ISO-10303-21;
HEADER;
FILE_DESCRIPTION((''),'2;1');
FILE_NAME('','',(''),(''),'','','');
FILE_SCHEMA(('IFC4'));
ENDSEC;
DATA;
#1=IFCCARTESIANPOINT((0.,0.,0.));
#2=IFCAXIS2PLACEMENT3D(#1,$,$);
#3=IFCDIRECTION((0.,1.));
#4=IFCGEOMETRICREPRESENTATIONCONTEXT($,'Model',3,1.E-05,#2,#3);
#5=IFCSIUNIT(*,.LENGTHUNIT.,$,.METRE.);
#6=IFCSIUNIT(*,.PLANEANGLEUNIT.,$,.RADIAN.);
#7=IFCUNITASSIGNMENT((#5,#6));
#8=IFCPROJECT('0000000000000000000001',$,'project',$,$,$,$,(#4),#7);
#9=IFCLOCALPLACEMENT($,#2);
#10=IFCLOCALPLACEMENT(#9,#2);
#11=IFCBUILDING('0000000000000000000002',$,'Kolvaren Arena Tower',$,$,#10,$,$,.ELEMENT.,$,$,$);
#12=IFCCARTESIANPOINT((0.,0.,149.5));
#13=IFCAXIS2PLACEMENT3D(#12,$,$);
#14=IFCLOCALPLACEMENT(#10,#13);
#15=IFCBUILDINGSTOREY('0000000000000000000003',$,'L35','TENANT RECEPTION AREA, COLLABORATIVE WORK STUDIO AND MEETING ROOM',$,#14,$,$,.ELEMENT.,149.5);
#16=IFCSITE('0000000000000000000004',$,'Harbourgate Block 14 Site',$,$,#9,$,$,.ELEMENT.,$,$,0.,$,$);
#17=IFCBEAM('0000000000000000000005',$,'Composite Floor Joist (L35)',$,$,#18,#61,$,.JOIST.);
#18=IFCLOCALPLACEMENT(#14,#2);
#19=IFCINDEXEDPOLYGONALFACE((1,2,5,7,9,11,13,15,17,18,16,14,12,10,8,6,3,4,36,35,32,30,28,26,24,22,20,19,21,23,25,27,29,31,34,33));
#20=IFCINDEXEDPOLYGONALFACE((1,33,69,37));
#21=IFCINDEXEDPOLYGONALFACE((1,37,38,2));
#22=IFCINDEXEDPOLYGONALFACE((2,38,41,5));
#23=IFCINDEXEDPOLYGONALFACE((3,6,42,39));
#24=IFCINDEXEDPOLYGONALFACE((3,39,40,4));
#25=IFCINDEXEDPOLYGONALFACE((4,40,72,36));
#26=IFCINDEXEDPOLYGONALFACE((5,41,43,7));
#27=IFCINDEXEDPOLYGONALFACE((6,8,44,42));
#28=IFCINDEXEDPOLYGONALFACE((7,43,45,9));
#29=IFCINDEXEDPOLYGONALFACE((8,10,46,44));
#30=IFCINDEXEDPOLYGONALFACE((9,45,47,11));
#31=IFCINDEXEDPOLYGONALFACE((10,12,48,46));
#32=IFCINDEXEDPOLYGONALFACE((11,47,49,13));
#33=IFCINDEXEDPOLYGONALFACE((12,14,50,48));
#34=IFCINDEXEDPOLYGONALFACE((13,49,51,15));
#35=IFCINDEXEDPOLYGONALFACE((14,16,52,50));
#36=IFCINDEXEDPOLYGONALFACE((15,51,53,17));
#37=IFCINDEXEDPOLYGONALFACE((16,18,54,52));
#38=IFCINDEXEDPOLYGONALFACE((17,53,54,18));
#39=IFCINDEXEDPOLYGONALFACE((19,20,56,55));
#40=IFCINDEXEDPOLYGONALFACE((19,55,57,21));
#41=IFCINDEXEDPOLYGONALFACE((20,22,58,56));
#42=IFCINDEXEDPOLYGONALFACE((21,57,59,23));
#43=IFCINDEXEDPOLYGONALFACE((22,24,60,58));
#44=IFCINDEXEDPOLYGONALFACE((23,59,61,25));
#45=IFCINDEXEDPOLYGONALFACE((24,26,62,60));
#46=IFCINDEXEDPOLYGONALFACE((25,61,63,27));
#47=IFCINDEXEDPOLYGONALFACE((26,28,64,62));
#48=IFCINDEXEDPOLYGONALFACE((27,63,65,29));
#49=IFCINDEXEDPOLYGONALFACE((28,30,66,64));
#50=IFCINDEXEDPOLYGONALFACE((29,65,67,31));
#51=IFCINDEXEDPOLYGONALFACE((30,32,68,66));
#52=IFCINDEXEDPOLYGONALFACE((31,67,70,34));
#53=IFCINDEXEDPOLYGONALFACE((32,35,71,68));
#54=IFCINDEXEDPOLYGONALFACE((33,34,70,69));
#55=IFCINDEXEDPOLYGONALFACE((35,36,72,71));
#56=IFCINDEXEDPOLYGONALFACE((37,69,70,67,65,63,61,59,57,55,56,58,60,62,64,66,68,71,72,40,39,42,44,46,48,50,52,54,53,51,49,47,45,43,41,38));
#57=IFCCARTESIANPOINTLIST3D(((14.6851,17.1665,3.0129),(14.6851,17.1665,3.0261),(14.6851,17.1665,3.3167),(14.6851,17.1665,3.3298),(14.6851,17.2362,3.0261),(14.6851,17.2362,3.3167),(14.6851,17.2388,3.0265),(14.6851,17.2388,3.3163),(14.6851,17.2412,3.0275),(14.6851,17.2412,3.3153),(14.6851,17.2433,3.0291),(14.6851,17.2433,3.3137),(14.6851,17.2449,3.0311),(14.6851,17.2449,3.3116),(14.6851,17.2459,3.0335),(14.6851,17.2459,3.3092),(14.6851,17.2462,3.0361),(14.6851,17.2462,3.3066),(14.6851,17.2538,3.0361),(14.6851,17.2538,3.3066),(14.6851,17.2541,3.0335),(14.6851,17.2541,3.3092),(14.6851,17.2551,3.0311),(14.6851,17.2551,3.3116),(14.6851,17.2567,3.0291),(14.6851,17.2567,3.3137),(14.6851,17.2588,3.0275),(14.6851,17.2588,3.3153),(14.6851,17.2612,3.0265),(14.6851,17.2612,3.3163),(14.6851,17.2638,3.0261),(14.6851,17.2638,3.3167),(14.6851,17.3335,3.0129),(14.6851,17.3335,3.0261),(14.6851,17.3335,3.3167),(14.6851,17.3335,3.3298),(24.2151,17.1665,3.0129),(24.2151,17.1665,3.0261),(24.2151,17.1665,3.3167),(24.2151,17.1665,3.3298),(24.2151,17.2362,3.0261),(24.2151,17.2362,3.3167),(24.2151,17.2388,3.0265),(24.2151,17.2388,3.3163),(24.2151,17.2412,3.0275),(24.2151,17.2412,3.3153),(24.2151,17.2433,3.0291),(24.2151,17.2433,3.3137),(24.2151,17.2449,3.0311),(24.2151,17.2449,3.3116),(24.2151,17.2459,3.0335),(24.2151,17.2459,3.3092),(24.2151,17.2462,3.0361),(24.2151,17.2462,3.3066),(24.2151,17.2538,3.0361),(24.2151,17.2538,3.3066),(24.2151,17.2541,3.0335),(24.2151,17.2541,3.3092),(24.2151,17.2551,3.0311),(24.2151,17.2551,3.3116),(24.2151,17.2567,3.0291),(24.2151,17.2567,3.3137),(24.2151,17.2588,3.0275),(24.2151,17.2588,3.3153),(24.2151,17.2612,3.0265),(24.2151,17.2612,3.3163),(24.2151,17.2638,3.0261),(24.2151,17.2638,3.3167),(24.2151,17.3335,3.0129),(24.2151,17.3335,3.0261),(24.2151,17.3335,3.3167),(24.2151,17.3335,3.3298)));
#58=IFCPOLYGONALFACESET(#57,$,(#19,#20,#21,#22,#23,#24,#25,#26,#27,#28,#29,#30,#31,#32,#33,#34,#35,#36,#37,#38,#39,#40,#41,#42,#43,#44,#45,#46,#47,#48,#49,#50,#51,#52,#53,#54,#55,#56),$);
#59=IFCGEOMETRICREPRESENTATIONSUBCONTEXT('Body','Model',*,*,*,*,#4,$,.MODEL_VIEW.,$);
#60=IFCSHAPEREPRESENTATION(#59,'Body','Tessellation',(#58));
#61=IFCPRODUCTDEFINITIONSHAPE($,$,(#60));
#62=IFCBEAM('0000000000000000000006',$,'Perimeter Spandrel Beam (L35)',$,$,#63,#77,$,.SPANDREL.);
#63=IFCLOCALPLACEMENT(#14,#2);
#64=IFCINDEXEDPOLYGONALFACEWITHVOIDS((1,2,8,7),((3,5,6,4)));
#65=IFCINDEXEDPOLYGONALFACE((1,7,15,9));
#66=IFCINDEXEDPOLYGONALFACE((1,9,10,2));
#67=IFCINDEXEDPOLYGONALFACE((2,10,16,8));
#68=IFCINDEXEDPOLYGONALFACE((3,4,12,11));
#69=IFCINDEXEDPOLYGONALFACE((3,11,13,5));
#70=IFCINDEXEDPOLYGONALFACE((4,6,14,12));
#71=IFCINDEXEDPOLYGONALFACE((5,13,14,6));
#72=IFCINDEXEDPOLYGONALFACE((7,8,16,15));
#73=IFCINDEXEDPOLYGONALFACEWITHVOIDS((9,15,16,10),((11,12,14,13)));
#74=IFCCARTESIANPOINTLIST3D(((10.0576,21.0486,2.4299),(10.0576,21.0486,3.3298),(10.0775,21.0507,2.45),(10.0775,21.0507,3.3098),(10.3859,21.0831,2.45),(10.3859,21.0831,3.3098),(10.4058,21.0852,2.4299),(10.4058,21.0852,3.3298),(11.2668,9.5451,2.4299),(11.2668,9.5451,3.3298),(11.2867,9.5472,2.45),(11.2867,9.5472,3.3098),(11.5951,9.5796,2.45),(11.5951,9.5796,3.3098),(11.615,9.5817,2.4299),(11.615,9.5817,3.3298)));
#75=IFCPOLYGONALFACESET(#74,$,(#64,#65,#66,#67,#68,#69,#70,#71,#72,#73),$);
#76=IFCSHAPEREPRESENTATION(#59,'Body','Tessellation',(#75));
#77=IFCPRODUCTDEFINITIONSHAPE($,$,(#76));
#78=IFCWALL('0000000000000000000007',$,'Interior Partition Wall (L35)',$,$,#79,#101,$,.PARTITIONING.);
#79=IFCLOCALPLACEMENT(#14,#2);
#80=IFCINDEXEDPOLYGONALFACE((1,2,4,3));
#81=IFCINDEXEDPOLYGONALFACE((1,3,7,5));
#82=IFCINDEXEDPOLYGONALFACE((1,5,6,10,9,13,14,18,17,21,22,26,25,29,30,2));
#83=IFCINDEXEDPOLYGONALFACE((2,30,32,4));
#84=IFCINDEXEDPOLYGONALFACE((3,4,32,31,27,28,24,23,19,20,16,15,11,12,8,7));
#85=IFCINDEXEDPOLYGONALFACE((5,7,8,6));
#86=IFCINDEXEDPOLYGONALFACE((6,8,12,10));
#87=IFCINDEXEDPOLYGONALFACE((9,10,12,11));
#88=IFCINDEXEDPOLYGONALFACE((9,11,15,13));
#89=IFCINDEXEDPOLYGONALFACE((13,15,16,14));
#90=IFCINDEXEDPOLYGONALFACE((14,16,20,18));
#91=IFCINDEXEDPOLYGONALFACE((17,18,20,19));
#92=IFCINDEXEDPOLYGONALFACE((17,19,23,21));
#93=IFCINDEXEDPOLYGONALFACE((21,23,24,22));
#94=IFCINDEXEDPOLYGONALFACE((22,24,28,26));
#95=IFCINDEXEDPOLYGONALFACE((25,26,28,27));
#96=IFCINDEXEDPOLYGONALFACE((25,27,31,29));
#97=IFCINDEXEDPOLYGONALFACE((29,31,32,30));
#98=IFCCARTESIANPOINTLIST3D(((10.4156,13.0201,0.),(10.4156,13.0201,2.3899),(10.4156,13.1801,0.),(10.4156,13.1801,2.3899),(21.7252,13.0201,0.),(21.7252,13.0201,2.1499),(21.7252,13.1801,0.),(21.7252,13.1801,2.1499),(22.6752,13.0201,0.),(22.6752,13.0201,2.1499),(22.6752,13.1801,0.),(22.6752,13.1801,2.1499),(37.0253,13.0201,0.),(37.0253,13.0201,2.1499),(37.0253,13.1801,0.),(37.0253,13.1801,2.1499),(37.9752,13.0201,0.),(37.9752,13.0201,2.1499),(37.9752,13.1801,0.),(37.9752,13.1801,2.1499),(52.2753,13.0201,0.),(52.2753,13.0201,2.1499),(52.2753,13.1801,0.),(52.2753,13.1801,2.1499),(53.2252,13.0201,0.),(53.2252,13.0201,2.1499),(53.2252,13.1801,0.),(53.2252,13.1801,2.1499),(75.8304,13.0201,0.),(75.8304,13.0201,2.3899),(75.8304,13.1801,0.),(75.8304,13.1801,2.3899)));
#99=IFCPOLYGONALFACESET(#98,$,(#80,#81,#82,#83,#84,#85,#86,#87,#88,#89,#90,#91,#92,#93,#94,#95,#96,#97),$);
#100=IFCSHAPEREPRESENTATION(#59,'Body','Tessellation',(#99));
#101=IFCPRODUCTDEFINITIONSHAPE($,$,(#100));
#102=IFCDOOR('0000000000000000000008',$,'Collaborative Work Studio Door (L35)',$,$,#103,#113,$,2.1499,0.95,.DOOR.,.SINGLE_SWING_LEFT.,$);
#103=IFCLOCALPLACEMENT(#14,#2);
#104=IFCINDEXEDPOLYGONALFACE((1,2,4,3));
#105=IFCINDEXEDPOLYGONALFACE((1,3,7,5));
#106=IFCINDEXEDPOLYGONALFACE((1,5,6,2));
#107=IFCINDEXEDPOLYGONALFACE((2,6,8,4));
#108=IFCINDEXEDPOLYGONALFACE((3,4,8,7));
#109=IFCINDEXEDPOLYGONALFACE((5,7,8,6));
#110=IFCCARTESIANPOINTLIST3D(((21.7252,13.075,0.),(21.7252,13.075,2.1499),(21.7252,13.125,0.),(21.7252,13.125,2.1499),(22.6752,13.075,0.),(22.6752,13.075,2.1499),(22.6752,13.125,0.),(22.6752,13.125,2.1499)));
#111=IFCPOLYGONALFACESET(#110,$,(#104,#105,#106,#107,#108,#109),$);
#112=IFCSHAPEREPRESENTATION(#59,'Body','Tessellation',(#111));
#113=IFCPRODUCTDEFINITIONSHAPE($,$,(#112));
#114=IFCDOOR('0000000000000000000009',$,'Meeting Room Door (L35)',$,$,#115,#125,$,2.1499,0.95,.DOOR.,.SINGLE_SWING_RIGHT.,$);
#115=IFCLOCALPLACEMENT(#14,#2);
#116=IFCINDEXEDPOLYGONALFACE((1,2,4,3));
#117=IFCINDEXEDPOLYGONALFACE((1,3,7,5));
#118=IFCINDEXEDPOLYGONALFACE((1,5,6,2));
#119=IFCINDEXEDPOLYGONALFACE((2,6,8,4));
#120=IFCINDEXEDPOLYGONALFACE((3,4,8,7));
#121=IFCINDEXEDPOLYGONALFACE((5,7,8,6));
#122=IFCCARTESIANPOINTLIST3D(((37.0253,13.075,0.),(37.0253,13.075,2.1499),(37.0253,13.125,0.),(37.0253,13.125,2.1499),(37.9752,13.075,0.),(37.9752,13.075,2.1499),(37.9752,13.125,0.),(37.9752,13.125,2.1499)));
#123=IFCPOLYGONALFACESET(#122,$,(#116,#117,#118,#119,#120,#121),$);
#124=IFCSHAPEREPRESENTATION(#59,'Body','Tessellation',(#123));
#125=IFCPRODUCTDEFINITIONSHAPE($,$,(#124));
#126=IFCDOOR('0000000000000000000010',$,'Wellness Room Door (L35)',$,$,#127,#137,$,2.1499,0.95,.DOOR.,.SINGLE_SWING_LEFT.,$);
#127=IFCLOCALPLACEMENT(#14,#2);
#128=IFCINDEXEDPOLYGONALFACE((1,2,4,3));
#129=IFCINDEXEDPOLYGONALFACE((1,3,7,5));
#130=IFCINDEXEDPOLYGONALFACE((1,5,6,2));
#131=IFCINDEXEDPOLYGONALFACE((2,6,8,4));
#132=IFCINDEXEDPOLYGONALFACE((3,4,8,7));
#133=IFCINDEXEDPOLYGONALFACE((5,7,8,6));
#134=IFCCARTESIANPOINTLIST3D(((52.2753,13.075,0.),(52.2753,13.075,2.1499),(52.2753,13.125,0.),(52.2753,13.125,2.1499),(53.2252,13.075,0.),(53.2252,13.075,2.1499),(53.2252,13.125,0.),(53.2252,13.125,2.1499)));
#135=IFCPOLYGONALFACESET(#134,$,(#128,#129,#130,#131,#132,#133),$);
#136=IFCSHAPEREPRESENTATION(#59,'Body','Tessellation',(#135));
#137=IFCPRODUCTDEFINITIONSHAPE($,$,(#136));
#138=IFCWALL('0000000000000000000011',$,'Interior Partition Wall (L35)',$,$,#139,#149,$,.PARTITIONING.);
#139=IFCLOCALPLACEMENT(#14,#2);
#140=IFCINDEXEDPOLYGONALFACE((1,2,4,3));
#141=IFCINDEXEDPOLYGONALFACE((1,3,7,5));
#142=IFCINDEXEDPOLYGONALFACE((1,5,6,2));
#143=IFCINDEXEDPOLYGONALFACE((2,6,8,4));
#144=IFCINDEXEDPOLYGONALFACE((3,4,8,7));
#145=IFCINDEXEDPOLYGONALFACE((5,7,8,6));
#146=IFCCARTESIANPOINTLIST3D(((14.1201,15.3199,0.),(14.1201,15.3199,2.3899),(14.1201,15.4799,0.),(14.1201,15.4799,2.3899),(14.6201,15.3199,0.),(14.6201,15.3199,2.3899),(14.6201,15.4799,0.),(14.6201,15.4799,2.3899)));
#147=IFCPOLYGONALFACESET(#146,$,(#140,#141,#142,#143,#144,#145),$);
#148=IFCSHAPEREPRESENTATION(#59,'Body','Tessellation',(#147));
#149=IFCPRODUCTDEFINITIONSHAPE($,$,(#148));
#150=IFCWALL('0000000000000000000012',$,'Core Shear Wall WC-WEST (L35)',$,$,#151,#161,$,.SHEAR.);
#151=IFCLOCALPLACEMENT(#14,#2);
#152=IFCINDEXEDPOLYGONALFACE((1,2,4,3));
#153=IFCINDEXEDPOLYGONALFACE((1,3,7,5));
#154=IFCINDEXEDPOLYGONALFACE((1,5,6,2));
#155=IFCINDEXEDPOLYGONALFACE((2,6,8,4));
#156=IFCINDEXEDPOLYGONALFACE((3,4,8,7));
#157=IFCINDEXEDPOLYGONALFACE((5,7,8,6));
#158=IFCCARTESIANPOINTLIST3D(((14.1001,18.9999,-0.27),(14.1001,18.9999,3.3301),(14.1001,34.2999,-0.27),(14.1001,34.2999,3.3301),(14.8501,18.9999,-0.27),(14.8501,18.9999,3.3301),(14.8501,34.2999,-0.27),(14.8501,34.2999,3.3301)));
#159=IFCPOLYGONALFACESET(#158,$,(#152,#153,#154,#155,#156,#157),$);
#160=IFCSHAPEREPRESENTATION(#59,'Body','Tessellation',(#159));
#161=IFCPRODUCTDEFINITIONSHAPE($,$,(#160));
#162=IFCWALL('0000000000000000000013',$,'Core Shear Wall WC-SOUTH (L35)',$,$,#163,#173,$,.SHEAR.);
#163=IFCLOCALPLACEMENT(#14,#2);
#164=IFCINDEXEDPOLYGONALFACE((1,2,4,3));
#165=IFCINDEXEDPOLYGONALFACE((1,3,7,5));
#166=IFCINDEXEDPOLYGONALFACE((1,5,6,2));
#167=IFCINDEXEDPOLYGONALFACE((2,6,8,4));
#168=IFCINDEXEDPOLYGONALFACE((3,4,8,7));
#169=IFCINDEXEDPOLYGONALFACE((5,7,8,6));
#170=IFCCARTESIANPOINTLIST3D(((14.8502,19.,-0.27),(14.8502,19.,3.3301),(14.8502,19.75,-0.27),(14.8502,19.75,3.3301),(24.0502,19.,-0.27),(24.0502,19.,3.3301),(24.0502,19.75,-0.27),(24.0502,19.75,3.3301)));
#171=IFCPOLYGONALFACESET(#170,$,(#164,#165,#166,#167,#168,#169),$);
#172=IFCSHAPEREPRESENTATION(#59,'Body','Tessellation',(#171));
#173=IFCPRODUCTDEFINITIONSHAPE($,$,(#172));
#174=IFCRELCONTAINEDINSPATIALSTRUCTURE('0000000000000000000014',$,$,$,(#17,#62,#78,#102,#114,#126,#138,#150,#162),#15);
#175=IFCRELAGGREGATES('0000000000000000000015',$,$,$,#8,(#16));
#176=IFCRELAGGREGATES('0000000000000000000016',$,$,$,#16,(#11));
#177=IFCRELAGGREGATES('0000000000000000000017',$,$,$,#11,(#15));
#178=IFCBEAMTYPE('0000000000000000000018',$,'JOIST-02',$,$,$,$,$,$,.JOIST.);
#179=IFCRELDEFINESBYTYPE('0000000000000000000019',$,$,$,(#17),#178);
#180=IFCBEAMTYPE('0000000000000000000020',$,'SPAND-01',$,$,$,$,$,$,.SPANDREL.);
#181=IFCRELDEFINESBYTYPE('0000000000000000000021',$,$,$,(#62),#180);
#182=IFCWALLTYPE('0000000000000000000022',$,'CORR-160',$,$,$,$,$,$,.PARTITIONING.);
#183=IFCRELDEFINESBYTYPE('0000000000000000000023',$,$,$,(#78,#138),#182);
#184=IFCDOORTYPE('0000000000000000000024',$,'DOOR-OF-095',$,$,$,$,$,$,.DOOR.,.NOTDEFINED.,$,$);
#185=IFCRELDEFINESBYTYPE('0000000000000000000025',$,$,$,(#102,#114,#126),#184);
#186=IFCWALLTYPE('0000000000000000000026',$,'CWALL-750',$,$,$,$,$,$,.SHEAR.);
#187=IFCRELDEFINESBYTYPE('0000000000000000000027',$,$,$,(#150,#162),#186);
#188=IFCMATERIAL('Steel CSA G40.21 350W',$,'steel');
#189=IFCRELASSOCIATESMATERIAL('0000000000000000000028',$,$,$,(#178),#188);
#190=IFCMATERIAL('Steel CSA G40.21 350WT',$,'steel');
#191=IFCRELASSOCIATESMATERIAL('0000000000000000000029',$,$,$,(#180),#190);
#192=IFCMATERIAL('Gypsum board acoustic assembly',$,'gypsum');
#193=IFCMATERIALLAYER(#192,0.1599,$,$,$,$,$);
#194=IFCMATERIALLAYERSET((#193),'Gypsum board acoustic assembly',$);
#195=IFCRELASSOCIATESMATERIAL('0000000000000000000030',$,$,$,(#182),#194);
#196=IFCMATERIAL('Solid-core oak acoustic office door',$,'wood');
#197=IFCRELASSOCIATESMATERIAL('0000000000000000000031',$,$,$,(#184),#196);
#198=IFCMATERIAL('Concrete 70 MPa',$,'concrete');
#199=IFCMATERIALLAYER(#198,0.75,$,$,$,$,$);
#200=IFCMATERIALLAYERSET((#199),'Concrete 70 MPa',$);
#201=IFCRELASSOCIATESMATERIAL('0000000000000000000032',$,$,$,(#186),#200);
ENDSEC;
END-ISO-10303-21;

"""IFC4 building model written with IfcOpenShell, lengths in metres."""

from ifc_helpers import new_model, si_unit, direction, frame, frame_2d, origin, origin_2d, place, context, subcontext, project, spatial, rectangle, hollow_rectangle, i_section, extrude, material, layer, layer_set, material_profile, profile_set, type_object, element, fill, save


model = new_model("IFC4")

# Units and contexts
model_context = context("Model", 3, precision=1e-05, world=origin(), true_north=direction((0.0, 1.0)))
body_context = subcontext(model_context, "Body", "Model", "MODEL_VIEW")
ifc_project = project(units=[si_unit("LENGTHUNIT", "METRE"), si_unit("PLANEANGLEUNIT", "RADIAN")], contexts=[model_context])

# Site, building, storey
site_placement = place(None, origin())
site = spatial("IfcSite", under=ifc_project, at=site_placement, Name="Harbourgate Block 14 Site", CompositionType="ELEMENT", RefElevation=0.0)
building_placement = place(site_placement, origin())
building = spatial("IfcBuilding", under=site, at=building_placement, Name="Kolvaren Arena Tower", CompositionType="ELEMENT")
storey_placement = place(building_placement, frame((0.0, 0.0, 149.5)))
storey = spatial("IfcBuildingStorey", under=building, at=storey_placement, Name="L35", Description="TENANT RECEPTION AREA, COLLABORATIVE WORK STUDIO AND MEETING ROOM", CompositionType="ELEMENT", Elevation=149.5)

# Beams
ifc_material_1 = material(Name="Steel CSA G40.21 350W", Category="steel")
ifc_material_profile_1 = material_profile(ifc_material_1, i_section(OverallWidth=0.167, OverallDepth=0.3169, WebThickness=0.0076, FlangeThickness=0.0132, FilletRadius=0.01, at=origin_2d()), Name="W310x52")
ifc_profile_set_1 = profile_set([ifc_material_profile_1], Name="Steel CSA G40.21 350W")
beam_type_1 = type_object("IfcBeamType", Name="JOIST-02", PredefinedType="JOIST", material=ifc_profile_set_1)
beam_1_placement = place(storey_placement, frame((14.6851, 17.25, 3.1714), z_axis=(1.0, 0.0, 0.0), x_axis=(0.0, 1.0, 0.0)))
element("IfcBeam", 1, at=beam_1_placement, inside=storey, type_object=beam_type_1, Name="Composite Floor Joist (L35)", PredefinedType="JOIST", context=body_context, shape_type="SweptSolid", body=[
    extrude(i_section(OverallWidth=0.167, OverallDepth=0.3169, WebThickness=0.0076, FlangeThickness=0.0132, FilletRadius=0.01, at=origin_2d()), origin(), (0.0, 0.0, 1.0), 9.53),
])
ifc_material_2 = material(Name="Steel CSA G40.21 350WT", Category="steel")
ifc_material_profile_2 = material_profile(ifc_material_2, hollow_rectangle(XDim=0.3501, YDim=0.8999, WallThickness=0.02, at=origin_2d()), Name="HSS 900x350x20")
ifc_profile_set_2 = profile_set([ifc_material_profile_2], Name="Steel CSA G40.21 350WT")
beam_type_2 = type_object("IfcBeamType", Name="SPAND-01", PredefinedType="SPANDREL", material=ifc_profile_set_2)
beam_2_placement = place(storey_placement, frame((10.2317, 21.0669, 2.8799), z_axis=(0.104543, -0.99452, 0.0), x_axis=(0.99452, 0.104543, 0.0)))
element("IfcBeam", 2, at=beam_2_placement, inside=storey, type_object=beam_type_2, Name="Perimeter Spandrel Beam (L35)", PredefinedType="SPANDREL", context=body_context, shape_type="SweptSolid", body=[
    extrude(hollow_rectangle(XDim=0.3501, YDim=0.8999, WallThickness=0.02, at=origin_2d()), origin(), (0.0, 0.0, 1.0), 11.5669),
])

# Wall, openings, doors
ifc_material_3 = material(Name="Gypsum board acoustic assembly", Category="gypsum")
ifc_layer_1 = layer(ifc_material_3, 0.1599)
ifc_layer_set_1 = layer_set([ifc_layer_1], Name="Gypsum board acoustic assembly")
wall_type_1 = type_object("IfcWallType", Name="CORR-160", PredefinedType="PARTITIONING", material=ifc_layer_set_1)
wall_1_placement = place(storey_placement, frame((10.4155, 13.1001, 0.0), z_axis=(0.0, 0.0, 1.0), x_axis=(1.0, 0.0, 0.0)))
wall_1 = element("IfcWall", 3, at=wall_1_placement, inside=storey, type_object=wall_type_1, Name="Interior Partition Wall (L35)", PredefinedType="PARTITIONING", context=body_context, shape_type="SweptSolid", body=[
    extrude(rectangle(XDim=65.4148, YDim=0.1599, at=frame_2d((32.7075, 0.0))), origin(), (0.0, 0.0, 1.0), 2.3899),
])
opening_1_placement = place(wall_1_placement, frame((11.3096, 0.0, 0.0)))
opening_1 = element("IfcOpeningElement", 4, at=opening_1_placement, cuts=wall_1, PredefinedType="OPENING", context=body_context, shape_type="SweptSolid", body=[
    extrude(rectangle(XDim=0.95, YDim=2.1499, at=frame_2d((0.4751, 1.075))), frame((0.0, 0.0898, 0.0), z_axis=(0.0, -1.0, 0.0), x_axis=(1.0, 0.0, 0.0)), (0.0, 0.0, 1.0), 0.1799),
])
opening_2_placement = place(wall_1_placement, frame((26.6096, 0.0, 0.0)))
opening_2 = element("IfcOpeningElement", 5, at=opening_2_placement, cuts=wall_1, PredefinedType="OPENING", context=body_context, shape_type="SweptSolid", body=[
    extrude(rectangle(XDim=0.95, YDim=2.1499, at=frame_2d((0.4751, 1.075))), frame((0.0, 0.0898, 0.0), z_axis=(0.0, -1.0, 0.0), x_axis=(1.0, 0.0, 0.0)), (0.0, 0.0, 1.0), 0.1799),
])
opening_3_placement = place(wall_1_placement, frame((41.8596, 0.0, 0.0)))
opening_3 = element("IfcOpeningElement", 6, at=opening_3_placement, cuts=wall_1, PredefinedType="OPENING", context=body_context, shape_type="SweptSolid", body=[
    extrude(rectangle(XDim=0.95, YDim=2.1499, at=frame_2d((0.4751, 1.075))), frame((0.0, 0.0898, 0.0), z_axis=(0.0, -1.0, 0.0), x_axis=(1.0, 0.0, 0.0)), (0.0, 0.0, 1.0), 0.1799),
])
ifc_material_4 = material(Name="Solid-core oak acoustic office door", Category="wood")
door_type_1 = type_object("IfcDoorType", Name="DOOR-OF-095", OperationType="NOTDEFINED", PredefinedType="DOOR", material=ifc_material_4)
door_1_placement = place(opening_1_placement, origin())
door_1 = element("IfcDoor", 7, at=door_1_placement, inside=storey, type_object=door_type_1, Name="Collaborative Work Studio Door (L35)", OperationType="SINGLE_SWING_LEFT", OverallHeight=2.1499, OverallWidth=0.95, PredefinedType="DOOR", context=body_context, shape_type="SweptSolid", body=[
    extrude(rectangle(XDim=0.95, YDim=2.1499, at=frame_2d((0.4751, 1.075))), frame((0.0, 0.0249, 0.0), z_axis=(0.0, -1.0, 0.0), x_axis=(1.0, 0.0, 0.0)), (0.0, 0.0, 1.0), 0.05),
])
fill(opening_1, door_1)
door_2_placement = place(opening_2_placement, origin())
door_2 = element("IfcDoor", 8, at=door_2_placement, inside=storey, type_object=door_type_1, Name="Meeting Room Door (L35)", OperationType="SINGLE_SWING_RIGHT", OverallHeight=2.1499, OverallWidth=0.95, PredefinedType="DOOR", context=body_context, shape_type="SweptSolid", body=[
    extrude(rectangle(XDim=0.95, YDim=2.1499, at=frame_2d((0.4751, 1.075))), frame((0.0, 0.0249, 0.0), z_axis=(0.0, -1.0, 0.0), x_axis=(1.0, 0.0, 0.0)), (0.0, 0.0, 1.0), 0.05),
])
fill(opening_2, door_2)
door_3_placement = place(opening_3_placement, origin())
door_3 = element("IfcDoor", 9, at=door_3_placement, inside=storey, type_object=door_type_1, Name="Wellness Room Door (L35)", OperationType="SINGLE_SWING_LEFT", OverallHeight=2.1499, OverallWidth=0.95, PredefinedType="DOOR", context=body_context, shape_type="SweptSolid", body=[
    extrude(rectangle(XDim=0.95, YDim=2.1499, at=frame_2d((0.4751, 1.075))), frame((0.0, 0.0249, 0.0), z_axis=(0.0, -1.0, 0.0), x_axis=(1.0, 0.0, 0.0)), (0.0, 0.0, 1.0), 0.05),
])
fill(opening_3, door_3)

# Walls
wall_2_placement = place(storey_placement, frame((14.1201, 15.3999, 0.0), z_axis=(0.0, 0.0, 1.0), x_axis=(1.0, 0.0, 0.0)))
element("IfcWall", 10, at=wall_2_placement, inside=storey, type_object=wall_type_1, Name="Interior Partition Wall (L35)", PredefinedType="PARTITIONING", context=body_context, shape_type="SweptSolid", body=[
    extrude(rectangle(XDim=0.5, YDim=0.1599, at=frame_2d((0.25, 0.0))), origin(), (0.0, 0.0, 1.0), 2.3899),
])
ifc_material_5 = material(Name="Concrete 70 MPa", Category="concrete")
ifc_layer_2 = layer(ifc_material_5, 0.75)
ifc_layer_set_2 = layer_set([ifc_layer_2], Name="Concrete 70 MPa")
wall_type_2 = type_object("IfcWallType", Name="CWALL-750", PredefinedType="SHEAR", material=ifc_layer_set_2)
wall_3_placement = place(storey_placement, frame((14.4751, 19.0, -0.27), z_axis=(0.0, 0.0, 1.0), x_axis=(0.0, 1.0, 0.0)))
element("IfcWall", 11, at=wall_3_placement, inside=storey, type_object=wall_type_2, Name="Core Shear Wall WC-WEST (L35)", PredefinedType="SHEAR", context=body_context, shape_type="SweptSolid", body=[
    extrude(rectangle(XDim=15.3, YDim=0.75, at=frame_2d((7.6499, 0.0))), origin(), (0.0, 0.0, 1.0), 3.6001),
])
wall_4_placement = place(storey_placement, frame((14.8501, 19.375, -0.27), z_axis=(0.0, 0.0, 1.0), x_axis=(1.0, 0.0, 0.0)))
element("IfcWall", 12, at=wall_4_placement, inside=storey, type_object=wall_type_2, Name="Core Shear Wall WC-SOUTH (L35)", PredefinedType="SHEAR", context=body_context, shape_type="SweptSolid", body=[
    extrude(rectangle(XDim=9.2, YDim=0.75, at=frame_2d((4.6001, 0.0))), origin(), (0.0, 0.0, 1.0), 3.6001),
])

save(model, "model.ifc")
